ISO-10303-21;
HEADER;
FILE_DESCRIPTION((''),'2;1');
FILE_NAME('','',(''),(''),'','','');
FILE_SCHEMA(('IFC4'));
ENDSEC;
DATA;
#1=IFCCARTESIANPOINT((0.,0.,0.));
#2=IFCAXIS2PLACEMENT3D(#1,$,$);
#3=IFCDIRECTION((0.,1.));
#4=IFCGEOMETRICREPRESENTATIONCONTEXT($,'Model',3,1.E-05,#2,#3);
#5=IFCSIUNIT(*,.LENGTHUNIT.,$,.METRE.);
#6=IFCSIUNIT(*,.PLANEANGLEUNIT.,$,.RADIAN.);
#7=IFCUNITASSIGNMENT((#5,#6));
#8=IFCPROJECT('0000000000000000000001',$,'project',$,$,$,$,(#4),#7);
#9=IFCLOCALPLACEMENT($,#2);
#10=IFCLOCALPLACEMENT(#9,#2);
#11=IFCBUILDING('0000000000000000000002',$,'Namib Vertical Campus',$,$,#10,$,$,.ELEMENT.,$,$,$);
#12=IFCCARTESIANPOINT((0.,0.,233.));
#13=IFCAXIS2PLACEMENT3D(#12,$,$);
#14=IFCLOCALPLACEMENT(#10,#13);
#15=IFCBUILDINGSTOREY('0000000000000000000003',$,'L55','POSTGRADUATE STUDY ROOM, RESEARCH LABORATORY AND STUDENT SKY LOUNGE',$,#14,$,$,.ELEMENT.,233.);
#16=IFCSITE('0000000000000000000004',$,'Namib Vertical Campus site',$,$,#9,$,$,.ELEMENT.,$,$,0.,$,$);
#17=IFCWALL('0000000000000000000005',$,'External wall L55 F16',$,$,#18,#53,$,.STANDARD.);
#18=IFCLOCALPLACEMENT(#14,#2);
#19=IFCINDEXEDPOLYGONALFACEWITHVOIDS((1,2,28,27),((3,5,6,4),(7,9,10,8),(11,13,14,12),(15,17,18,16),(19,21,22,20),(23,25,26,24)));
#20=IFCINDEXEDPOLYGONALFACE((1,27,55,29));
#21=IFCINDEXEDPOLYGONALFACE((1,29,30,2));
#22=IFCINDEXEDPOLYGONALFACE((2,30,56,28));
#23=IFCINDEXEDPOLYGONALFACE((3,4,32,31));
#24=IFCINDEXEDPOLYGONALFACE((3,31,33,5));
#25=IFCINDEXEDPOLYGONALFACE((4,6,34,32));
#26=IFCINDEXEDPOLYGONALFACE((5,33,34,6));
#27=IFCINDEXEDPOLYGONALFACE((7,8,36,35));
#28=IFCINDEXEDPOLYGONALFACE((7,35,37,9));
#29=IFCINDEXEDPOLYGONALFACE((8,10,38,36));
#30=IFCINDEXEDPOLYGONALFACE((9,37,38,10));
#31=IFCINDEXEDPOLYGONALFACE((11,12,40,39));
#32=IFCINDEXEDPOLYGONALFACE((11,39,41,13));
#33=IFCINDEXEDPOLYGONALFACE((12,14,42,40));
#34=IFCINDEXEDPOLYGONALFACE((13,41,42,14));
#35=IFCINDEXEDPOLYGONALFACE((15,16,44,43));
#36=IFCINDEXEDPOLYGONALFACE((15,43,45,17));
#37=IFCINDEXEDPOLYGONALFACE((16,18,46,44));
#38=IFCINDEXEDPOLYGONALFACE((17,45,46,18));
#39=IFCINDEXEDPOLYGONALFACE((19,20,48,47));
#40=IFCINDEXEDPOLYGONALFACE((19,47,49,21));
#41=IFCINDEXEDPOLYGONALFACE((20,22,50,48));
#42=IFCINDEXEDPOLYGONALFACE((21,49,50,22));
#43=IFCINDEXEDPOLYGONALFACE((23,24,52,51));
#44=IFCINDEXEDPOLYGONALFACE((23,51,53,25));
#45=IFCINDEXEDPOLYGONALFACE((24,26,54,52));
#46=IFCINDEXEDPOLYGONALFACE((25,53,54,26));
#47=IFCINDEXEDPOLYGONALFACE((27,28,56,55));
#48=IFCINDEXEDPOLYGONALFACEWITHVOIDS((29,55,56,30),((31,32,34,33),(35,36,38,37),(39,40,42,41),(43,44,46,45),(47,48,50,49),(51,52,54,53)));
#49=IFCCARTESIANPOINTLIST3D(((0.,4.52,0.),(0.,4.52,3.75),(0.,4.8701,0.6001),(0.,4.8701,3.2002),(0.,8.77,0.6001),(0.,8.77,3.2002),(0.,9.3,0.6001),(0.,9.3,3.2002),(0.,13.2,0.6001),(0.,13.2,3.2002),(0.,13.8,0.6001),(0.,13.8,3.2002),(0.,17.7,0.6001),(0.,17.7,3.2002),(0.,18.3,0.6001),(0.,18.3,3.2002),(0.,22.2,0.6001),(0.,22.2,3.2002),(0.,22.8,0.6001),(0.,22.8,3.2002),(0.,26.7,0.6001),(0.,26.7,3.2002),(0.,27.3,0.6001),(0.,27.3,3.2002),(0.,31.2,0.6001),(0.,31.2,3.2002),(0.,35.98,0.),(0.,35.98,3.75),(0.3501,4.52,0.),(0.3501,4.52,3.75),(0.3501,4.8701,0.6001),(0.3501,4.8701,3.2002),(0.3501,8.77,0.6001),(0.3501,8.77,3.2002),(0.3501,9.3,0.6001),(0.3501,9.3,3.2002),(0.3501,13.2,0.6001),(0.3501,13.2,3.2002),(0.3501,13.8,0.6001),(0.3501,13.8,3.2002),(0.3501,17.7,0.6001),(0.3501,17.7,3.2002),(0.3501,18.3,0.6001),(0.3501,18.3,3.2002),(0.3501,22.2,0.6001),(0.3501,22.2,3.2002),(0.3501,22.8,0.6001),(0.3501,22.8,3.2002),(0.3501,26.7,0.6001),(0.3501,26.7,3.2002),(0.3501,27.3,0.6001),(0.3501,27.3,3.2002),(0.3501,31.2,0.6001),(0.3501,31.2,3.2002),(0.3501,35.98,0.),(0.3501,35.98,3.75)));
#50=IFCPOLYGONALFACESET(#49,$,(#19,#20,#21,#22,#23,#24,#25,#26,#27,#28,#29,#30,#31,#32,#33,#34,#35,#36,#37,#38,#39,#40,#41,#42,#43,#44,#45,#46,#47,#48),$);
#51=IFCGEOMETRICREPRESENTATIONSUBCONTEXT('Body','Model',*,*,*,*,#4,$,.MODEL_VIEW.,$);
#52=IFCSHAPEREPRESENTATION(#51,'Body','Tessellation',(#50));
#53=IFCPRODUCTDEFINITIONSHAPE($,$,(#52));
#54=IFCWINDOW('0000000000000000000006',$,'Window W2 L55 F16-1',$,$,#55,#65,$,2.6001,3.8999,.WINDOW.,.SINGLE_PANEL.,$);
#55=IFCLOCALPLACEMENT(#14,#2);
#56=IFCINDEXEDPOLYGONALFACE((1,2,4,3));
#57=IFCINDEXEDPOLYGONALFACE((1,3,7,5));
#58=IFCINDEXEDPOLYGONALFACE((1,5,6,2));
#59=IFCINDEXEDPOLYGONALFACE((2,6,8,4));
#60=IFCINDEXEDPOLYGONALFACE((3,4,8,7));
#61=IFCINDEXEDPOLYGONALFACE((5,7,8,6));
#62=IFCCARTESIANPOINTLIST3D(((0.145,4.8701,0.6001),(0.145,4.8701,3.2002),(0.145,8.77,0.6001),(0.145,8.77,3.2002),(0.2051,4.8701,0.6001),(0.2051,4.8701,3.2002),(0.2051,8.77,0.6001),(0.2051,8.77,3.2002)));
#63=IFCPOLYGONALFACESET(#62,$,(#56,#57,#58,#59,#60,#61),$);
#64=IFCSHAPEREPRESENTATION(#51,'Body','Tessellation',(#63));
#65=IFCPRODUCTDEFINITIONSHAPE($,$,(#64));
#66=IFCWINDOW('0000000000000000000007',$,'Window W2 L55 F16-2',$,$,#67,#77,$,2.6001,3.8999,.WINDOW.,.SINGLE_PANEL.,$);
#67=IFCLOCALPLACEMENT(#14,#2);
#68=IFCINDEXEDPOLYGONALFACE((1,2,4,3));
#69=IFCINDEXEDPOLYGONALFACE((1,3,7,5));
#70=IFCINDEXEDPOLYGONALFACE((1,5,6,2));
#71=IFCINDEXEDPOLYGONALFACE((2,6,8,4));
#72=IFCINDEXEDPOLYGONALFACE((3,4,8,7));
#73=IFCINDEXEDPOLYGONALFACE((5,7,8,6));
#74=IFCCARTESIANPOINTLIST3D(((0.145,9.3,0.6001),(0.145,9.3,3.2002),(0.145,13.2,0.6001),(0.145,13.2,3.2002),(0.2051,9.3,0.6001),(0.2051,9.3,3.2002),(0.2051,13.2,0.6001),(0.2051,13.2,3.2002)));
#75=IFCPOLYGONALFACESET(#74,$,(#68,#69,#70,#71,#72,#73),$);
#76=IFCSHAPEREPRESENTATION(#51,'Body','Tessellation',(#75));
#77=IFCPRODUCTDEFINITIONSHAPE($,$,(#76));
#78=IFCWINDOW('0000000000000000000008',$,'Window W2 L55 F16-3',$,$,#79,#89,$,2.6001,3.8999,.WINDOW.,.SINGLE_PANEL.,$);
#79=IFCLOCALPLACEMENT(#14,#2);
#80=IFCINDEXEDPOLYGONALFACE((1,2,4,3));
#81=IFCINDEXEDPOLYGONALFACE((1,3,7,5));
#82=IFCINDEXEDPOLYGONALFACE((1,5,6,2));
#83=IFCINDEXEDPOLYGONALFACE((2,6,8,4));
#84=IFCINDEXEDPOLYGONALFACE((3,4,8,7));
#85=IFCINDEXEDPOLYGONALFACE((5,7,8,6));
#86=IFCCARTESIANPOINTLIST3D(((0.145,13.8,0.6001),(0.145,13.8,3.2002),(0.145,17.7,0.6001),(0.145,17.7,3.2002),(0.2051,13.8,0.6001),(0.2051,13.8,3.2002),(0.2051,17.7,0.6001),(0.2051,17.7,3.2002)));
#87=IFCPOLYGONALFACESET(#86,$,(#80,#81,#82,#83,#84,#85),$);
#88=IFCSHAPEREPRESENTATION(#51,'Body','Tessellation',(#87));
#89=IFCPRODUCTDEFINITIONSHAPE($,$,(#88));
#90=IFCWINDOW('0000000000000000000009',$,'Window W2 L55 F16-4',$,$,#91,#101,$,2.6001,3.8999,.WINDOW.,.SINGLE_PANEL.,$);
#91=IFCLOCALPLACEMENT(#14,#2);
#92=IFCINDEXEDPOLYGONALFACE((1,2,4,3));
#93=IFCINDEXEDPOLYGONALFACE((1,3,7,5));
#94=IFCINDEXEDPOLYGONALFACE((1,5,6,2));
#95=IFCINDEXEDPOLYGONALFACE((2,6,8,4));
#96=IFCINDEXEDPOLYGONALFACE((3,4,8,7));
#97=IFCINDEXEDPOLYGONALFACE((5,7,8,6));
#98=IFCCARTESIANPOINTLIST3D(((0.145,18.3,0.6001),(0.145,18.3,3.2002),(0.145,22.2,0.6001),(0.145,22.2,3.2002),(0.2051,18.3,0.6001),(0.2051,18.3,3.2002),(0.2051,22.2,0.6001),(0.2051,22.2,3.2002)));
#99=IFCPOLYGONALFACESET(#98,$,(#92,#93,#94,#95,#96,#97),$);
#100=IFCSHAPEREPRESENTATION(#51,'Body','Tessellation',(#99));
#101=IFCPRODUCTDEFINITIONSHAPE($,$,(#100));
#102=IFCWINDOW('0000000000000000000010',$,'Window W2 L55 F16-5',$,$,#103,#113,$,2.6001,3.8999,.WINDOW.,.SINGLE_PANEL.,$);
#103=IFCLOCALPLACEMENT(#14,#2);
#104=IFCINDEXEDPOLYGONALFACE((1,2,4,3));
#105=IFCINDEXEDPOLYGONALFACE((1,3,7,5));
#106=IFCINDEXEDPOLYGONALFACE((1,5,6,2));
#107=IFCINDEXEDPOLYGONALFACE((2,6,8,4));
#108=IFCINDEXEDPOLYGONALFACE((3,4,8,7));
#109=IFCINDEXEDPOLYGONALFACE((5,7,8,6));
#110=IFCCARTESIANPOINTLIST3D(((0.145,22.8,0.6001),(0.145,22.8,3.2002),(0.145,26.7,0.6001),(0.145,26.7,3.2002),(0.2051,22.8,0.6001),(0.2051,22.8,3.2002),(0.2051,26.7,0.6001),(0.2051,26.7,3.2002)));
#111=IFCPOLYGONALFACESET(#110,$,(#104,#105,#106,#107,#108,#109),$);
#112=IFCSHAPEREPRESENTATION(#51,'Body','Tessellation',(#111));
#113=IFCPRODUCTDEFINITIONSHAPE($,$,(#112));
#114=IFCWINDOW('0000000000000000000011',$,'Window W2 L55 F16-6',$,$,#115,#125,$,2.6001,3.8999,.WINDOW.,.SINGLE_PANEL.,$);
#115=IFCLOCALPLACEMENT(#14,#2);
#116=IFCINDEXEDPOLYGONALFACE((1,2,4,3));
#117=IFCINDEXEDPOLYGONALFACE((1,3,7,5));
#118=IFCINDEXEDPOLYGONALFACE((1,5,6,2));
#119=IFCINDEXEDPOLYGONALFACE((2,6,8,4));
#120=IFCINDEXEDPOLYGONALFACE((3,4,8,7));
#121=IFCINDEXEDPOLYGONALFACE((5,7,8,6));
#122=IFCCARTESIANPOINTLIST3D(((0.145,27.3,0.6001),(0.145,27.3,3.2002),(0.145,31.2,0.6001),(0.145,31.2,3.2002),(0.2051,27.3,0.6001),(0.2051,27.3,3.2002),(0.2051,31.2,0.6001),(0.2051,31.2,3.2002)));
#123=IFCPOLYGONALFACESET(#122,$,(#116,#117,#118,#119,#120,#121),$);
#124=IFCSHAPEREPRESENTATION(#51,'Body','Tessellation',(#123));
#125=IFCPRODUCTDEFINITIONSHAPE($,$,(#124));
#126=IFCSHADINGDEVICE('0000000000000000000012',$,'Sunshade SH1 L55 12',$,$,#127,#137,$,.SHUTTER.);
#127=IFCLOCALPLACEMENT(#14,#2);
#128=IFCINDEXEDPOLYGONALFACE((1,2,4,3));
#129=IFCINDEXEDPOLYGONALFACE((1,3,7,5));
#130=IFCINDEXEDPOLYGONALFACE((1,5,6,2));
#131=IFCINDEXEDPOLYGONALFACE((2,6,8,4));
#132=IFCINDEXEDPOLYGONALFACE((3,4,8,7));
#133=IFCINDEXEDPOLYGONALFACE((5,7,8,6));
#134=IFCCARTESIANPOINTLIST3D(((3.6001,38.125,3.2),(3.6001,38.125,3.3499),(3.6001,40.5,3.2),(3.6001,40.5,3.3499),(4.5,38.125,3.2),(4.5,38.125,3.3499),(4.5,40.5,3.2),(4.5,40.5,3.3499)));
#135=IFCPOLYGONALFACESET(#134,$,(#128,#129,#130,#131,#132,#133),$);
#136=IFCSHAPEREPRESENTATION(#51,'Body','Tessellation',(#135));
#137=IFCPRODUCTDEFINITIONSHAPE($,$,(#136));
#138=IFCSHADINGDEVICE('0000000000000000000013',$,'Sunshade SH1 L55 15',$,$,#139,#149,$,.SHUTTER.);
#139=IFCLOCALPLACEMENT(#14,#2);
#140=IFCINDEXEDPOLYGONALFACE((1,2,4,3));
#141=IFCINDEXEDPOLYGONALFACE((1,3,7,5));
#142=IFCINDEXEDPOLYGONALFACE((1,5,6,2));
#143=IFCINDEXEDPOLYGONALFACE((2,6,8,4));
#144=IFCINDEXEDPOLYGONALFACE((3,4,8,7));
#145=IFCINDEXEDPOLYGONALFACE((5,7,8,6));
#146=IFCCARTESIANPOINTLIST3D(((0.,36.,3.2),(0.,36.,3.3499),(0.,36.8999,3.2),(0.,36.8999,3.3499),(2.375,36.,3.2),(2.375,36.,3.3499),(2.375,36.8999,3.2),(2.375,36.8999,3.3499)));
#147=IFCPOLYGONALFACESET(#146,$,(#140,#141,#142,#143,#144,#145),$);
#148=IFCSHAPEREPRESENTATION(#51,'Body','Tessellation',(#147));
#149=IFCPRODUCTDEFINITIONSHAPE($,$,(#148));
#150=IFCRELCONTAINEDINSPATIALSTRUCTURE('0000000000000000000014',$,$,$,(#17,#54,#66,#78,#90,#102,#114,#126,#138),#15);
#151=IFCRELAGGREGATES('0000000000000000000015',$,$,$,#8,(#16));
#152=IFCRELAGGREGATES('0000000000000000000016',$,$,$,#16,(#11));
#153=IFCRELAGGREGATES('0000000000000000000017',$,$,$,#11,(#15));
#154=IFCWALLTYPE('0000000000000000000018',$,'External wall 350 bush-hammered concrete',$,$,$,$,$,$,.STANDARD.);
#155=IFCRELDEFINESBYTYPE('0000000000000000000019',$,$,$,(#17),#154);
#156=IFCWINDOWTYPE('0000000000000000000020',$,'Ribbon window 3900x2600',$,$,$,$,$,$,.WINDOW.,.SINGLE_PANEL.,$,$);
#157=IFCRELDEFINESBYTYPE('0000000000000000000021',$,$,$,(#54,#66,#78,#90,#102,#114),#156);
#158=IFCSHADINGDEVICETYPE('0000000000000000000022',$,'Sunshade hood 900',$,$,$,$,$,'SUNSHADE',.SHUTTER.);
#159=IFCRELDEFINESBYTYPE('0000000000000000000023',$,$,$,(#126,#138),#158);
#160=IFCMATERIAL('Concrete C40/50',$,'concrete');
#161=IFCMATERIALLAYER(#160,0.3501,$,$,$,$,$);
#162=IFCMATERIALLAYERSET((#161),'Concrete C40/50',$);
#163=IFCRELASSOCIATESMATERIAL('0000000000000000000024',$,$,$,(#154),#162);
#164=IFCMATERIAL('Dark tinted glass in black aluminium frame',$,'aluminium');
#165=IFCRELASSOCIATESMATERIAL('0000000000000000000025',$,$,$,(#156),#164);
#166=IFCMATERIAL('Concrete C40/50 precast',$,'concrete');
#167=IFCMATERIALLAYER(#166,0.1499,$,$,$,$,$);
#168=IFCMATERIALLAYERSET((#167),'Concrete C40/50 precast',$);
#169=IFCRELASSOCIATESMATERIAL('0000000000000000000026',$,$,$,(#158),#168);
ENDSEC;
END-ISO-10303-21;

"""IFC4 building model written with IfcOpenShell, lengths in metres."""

from ifc_helpers import new_model, si_unit, direction, frame, frame_2d, origin, origin_2d, place, context, subcontext, project, spatial, rectangle, extrude, material, layer, layer_set, type_object, element, fill, save


model = new_model("IFC4")

# Units and contexts
model_context = context("Model", 3, precision=1e-05, world=origin(), true_north=direction((0.0, 1.0)))
body_context = subcontext(model_context, "Body", "Model", "MODEL_VIEW")
ifc_project = project(units=[si_unit("LENGTHUNIT", "METRE"), si_unit("PLANEANGLEUNIT", "RADIAN")], contexts=[model_context])

# Site, building, storey
site_placement = place(None, origin())
site = spatial("IfcSite", under=ifc_project, at=site_placement, Name="Namib Vertical Campus site", CompositionType="ELEMENT", RefElevation=0.0)
building_placement = place(site_placement, origin())
building = spatial("IfcBuilding", under=site, at=building_placement, Name="Namib Vertical Campus", CompositionType="ELEMENT")
storey_placement = place(building_placement, frame((0.0, 0.0, 233.0)))
storey = spatial("IfcBuildingStorey", under=building, at=storey_placement, Name="L55", Description="POSTGRADUATE STUDY ROOM, RESEARCH LABORATORY AND STUDENT SKY LOUNGE", CompositionType="ELEMENT", Elevation=233.0)

# Shared definitions
ifc_material_1 = material(Name="Concrete C40/50", Category="concrete")
ifc_layer_1 = layer(ifc_material_1, 0.3501)
ifc_layer_set_1 = layer_set([ifc_layer_1], Name="Concrete C40/50")
wall_type_1 = type_object("IfcWallType", Name="External wall 350 bush-hammered concrete", PredefinedType="STANDARD", material=ifc_layer_set_1)

# Wall, openings, windows
wall_1_placement = place(storey_placement, frame((0.175, 35.98, 0.0), z_axis=(0.0, 0.0, 1.0), x_axis=(0.0, -1.0, 0.0)))
wall_1 = element("IfcWall", 1, at=wall_1_placement, inside=storey, type_object=wall_type_1, Name="External wall L55 F16", PredefinedType="STANDARD", context=body_context, shape_type="SweptSolid", body=[
    extrude(rectangle(XDim=31.46, YDim=0.3501, at=frame_2d((15.73, 0.0))), origin(), (0.0, 0.0, 1.0), 3.75),
])
opening_1_placement = place(wall_1_placement, frame((27.21, 0.0, 0.6001)))
opening_1 = element("IfcOpeningElement", 2, at=opening_1_placement, cuts=wall_1, PredefinedType="OPENING", context=body_context, shape_type="SweptSolid", body=[
    extrude(rectangle(XDim=3.8999, YDim=2.6001, at=frame_2d((1.95, 1.3))), frame((0.0, 0.1851, 0.0), z_axis=(0.0, -1.0, 0.0), x_axis=(1.0, 0.0, 0.0)), (0.0, 0.0, 1.0), 0.3701),
])
opening_2_placement = place(wall_1_placement, frame((22.78, 0.0, 0.6001)))
opening_2 = element("IfcOpeningElement", 3, at=opening_2_placement, cuts=wall_1, PredefinedType="OPENING", context=body_context, shape_type="SweptSolid", body=[
    extrude(rectangle(XDim=3.8999, YDim=2.6001, at=frame_2d((1.95, 1.3))), frame((0.0, 0.1851, 0.0), z_axis=(0.0, -1.0, 0.0), x_axis=(1.0, 0.0, 0.0)), (0.0, 0.0, 1.0), 0.3701),
])
opening_3_placement = place(wall_1_placement, frame((18.28, 0.0, 0.6001)))
opening_3 = element("IfcOpeningElement", 4, at=opening_3_placement, cuts=wall_1, PredefinedType="OPENING", context=body_context, shape_type="SweptSolid", body=[
    extrude(rectangle(XDim=3.8999, YDim=2.6001, at=frame_2d((1.95, 1.3))), frame((0.0, 0.1851, 0.0), z_axis=(0.0, -1.0, 0.0), x_axis=(1.0, 0.0, 0.0)), (0.0, 0.0, 1.0), 0.3701),
])
opening_4_placement = place(wall_1_placement, frame((13.78, 0.0, 0.6001)))
opening_4 = element("IfcOpeningElement", 5, at=opening_4_placement, cuts=wall_1, PredefinedType="OPENING", context=body_context, shape_type="SweptSolid", body=[
    extrude(rectangle(XDim=3.8999, YDim=2.6001, at=frame_2d((1.95, 1.3))), frame((0.0, 0.1851, 0.0), z_axis=(0.0, -1.0, 0.0), x_axis=(1.0, 0.0, 0.0)), (0.0, 0.0, 1.0), 0.3701),
])
opening_5_placement = place(wall_1_placement, frame((9.28, 0.0, 0.6001)))
opening_5 = element("IfcOpeningElement", 6, at=opening_5_placement, cuts=wall_1, PredefinedType="OPENING", context=body_context, shape_type="SweptSolid", body=[
    extrude(rectangle(XDim=3.8999, YDim=2.6001, at=frame_2d((1.95, 1.3))), frame((0.0, 0.1851, 0.0), z_axis=(0.0, -1.0, 0.0), x_axis=(1.0, 0.0, 0.0)), (0.0, 0.0, 1.0), 0.3701),
])
opening_6_placement = place(wall_1_placement, frame((4.78, 0.0, 0.6001)))
opening_6 = element("IfcOpeningElement", 7, at=opening_6_placement, cuts=wall_1, PredefinedType="OPENING", context=body_context, shape_type="SweptSolid", body=[
    extrude(rectangle(XDim=3.8999, YDim=2.6001, at=frame_2d((1.95, 1.3))), frame((0.0, 0.1851, 0.0), z_axis=(0.0, -1.0, 0.0), x_axis=(1.0, 0.0, 0.0)), (0.0, 0.0, 1.0), 0.3701),
])
ifc_material_2 = material(Name="Dark tinted glass in black aluminium frame", Category="aluminium")
window_type = type_object("IfcWindowType", Name="Ribbon window 3900x2600", PartitioningType="SINGLE_PANEL", PredefinedType="WINDOW", material=ifc_material_2)
window_1_placement = place(opening_1_placement, origin())
window_1 = element("IfcWindow", 8, at=window_1_placement, inside=storey, type_object=window_type, Name="Window W2 L55 F16-1", OverallHeight=2.6001, OverallWidth=3.8999, PartitioningType="SINGLE_PANEL", PredefinedType="WINDOW", context=body_context, shape_type="SweptSolid", body=[
    extrude(rectangle(XDim=3.8999, YDim=2.6001, at=frame_2d((1.95, 1.3))), frame((0.0, 0.03, 0.0), z_axis=(0.0, -1.0, 0.0), x_axis=(1.0, 0.0, 0.0)), (0.0, 0.0, 1.0), 0.0601),
])
fill(opening_1, window_1)
window_2_placement = place(opening_2_placement, origin())
window_2 = element("IfcWindow", 9, at=window_2_placement, inside=storey, type_object=window_type, Name="Window W2 L55 F16-2", OverallHeight=2.6001, OverallWidth=3.8999, PartitioningType="SINGLE_PANEL", PredefinedType="WINDOW", context=body_context, shape_type="SweptSolid", body=[
    extrude(rectangle(XDim=3.8999, YDim=2.6001, at=frame_2d((1.95, 1.3))), frame((0.0, 0.03, 0.0), z_axis=(0.0, -1.0, 0.0), x_axis=(1.0, 0.0, 0.0)), (0.0, 0.0, 1.0), 0.0601),
])
fill(opening_2, window_2)
window_3_placement = place(opening_3_placement, origin())
window_3 = element("IfcWindow", 10, at=window_3_placement, inside=storey, type_object=window_type, Name="Window W2 L55 F16-3", OverallHeight=2.6001, OverallWidth=3.8999, PartitioningType="SINGLE_PANEL", PredefinedType="WINDOW", context=body_context, shape_type="SweptSolid", body=[
    extrude(rectangle(XDim=3.8999, YDim=2.6001, at=frame_2d((1.95, 1.3))), frame((0.0, 0.03, 0.0), z_axis=(0.0, -1.0, 0.0), x_axis=(1.0, 0.0, 0.0)), (0.0, 0.0, 1.0), 0.0601),
])
fill(opening_3, window_3)
window_4_placement = place(opening_4_placement, origin())
window_4 = element("IfcWindow", 11, at=window_4_placement, inside=storey, type_object=window_type, Name="Window W2 L55 F16-4", OverallHeight=2.6001, OverallWidth=3.8999, PartitioningType="SINGLE_PANEL", PredefinedType="WINDOW", context=body_context, shape_type="SweptSolid", body=[
    extrude(rectangle(XDim=3.8999, YDim=2.6001, at=frame_2d((1.95, 1.3))), frame((0.0, 0.03, 0.0), z_axis=(0.0, -1.0, 0.0), x_axis=(1.0, 0.0, 0.0)), (0.0, 0.0, 1.0), 0.0601),
])
fill(opening_4, window_4)
window_5_placement = place(opening_5_placement, origin())
window_5 = element("IfcWindow", 12, at=window_5_placement, inside=storey, type_object=window_type, Name="Window W2 L55 F16-5", OverallHeight=2.6001, OverallWidth=3.8999, PartitioningType="SINGLE_PANEL", PredefinedType="WINDOW", context=body_context, shape_type="SweptSolid", body=[
    extrude(rectangle(XDim=3.8999, YDim=2.6001, at=frame_2d((1.95, 1.3))), frame((0.0, 0.03, 0.0), z_axis=(0.0, -1.0, 0.0), x_axis=(1.0, 0.0, 0.0)), (0.0, 0.0, 1.0), 0.0601),
])
fill(opening_5, window_5)
window_6_placement = place(opening_6_placement, origin())
window_6 = element("IfcWindow", 13, at=window_6_placement, inside=storey, type_object=window_type, Name="Window W2 L55 F16-6", OverallHeight=2.6001, OverallWidth=3.8999, PartitioningType="SINGLE_PANEL", PredefinedType="WINDOW", context=body_context, shape_type="SweptSolid", body=[
    extrude(rectangle(XDim=3.8999, YDim=2.6001, at=frame_2d((1.95, 1.3))), frame((0.0, 0.03, 0.0), z_axis=(0.0, -1.0, 0.0), x_axis=(1.0, 0.0, 0.0)), (0.0, 0.0, 1.0), 0.0601),
])
fill(opening_6, window_6)

# Shading devices
ifc_material_3 = material(Name="Concrete C40/50 precast", Category="concrete")
ifc_layer_2 = layer(ifc_material_3, 0.1499)
ifc_layer_set_2 = layer_set([ifc_layer_2], Name="Concrete C40/50 precast")
shading_device_type = type_object("IfcShadingDeviceType", Name="Sunshade hood 900", ElementType="SUNSHADE", PredefinedType="SHUTTER", material=ifc_layer_set_2)
for number, where, z_axis, x_axis, name in (
    (14, (4.05, 39.3125, 3.2), (0.0, 0.0, 1.0), (0.0, -1.0, 0.0), "Sunshade SH1 L55 12"),
    (15, (1.1875, 36.45, 3.2), (0.0, 0.0, 1.0), (-1.0, 0.0, 0.0), "Sunshade SH1 L55 15"),
):
    element("IfcShadingDevice", number, at=place(storey_placement, frame(where, z_axis=z_axis, x_axis=x_axis)), inside=storey, type_object=shading_device_type, Name=name, PredefinedType="SHUTTER", context=body_context, shape_type="SweptSolid", body=[
        extrude(rectangle(XDim=2.375, YDim=0.8999, at=origin_2d()), origin(), (0.0, 0.0, 1.0), 0.1499),
    ])

save(model, "model.ifc")
